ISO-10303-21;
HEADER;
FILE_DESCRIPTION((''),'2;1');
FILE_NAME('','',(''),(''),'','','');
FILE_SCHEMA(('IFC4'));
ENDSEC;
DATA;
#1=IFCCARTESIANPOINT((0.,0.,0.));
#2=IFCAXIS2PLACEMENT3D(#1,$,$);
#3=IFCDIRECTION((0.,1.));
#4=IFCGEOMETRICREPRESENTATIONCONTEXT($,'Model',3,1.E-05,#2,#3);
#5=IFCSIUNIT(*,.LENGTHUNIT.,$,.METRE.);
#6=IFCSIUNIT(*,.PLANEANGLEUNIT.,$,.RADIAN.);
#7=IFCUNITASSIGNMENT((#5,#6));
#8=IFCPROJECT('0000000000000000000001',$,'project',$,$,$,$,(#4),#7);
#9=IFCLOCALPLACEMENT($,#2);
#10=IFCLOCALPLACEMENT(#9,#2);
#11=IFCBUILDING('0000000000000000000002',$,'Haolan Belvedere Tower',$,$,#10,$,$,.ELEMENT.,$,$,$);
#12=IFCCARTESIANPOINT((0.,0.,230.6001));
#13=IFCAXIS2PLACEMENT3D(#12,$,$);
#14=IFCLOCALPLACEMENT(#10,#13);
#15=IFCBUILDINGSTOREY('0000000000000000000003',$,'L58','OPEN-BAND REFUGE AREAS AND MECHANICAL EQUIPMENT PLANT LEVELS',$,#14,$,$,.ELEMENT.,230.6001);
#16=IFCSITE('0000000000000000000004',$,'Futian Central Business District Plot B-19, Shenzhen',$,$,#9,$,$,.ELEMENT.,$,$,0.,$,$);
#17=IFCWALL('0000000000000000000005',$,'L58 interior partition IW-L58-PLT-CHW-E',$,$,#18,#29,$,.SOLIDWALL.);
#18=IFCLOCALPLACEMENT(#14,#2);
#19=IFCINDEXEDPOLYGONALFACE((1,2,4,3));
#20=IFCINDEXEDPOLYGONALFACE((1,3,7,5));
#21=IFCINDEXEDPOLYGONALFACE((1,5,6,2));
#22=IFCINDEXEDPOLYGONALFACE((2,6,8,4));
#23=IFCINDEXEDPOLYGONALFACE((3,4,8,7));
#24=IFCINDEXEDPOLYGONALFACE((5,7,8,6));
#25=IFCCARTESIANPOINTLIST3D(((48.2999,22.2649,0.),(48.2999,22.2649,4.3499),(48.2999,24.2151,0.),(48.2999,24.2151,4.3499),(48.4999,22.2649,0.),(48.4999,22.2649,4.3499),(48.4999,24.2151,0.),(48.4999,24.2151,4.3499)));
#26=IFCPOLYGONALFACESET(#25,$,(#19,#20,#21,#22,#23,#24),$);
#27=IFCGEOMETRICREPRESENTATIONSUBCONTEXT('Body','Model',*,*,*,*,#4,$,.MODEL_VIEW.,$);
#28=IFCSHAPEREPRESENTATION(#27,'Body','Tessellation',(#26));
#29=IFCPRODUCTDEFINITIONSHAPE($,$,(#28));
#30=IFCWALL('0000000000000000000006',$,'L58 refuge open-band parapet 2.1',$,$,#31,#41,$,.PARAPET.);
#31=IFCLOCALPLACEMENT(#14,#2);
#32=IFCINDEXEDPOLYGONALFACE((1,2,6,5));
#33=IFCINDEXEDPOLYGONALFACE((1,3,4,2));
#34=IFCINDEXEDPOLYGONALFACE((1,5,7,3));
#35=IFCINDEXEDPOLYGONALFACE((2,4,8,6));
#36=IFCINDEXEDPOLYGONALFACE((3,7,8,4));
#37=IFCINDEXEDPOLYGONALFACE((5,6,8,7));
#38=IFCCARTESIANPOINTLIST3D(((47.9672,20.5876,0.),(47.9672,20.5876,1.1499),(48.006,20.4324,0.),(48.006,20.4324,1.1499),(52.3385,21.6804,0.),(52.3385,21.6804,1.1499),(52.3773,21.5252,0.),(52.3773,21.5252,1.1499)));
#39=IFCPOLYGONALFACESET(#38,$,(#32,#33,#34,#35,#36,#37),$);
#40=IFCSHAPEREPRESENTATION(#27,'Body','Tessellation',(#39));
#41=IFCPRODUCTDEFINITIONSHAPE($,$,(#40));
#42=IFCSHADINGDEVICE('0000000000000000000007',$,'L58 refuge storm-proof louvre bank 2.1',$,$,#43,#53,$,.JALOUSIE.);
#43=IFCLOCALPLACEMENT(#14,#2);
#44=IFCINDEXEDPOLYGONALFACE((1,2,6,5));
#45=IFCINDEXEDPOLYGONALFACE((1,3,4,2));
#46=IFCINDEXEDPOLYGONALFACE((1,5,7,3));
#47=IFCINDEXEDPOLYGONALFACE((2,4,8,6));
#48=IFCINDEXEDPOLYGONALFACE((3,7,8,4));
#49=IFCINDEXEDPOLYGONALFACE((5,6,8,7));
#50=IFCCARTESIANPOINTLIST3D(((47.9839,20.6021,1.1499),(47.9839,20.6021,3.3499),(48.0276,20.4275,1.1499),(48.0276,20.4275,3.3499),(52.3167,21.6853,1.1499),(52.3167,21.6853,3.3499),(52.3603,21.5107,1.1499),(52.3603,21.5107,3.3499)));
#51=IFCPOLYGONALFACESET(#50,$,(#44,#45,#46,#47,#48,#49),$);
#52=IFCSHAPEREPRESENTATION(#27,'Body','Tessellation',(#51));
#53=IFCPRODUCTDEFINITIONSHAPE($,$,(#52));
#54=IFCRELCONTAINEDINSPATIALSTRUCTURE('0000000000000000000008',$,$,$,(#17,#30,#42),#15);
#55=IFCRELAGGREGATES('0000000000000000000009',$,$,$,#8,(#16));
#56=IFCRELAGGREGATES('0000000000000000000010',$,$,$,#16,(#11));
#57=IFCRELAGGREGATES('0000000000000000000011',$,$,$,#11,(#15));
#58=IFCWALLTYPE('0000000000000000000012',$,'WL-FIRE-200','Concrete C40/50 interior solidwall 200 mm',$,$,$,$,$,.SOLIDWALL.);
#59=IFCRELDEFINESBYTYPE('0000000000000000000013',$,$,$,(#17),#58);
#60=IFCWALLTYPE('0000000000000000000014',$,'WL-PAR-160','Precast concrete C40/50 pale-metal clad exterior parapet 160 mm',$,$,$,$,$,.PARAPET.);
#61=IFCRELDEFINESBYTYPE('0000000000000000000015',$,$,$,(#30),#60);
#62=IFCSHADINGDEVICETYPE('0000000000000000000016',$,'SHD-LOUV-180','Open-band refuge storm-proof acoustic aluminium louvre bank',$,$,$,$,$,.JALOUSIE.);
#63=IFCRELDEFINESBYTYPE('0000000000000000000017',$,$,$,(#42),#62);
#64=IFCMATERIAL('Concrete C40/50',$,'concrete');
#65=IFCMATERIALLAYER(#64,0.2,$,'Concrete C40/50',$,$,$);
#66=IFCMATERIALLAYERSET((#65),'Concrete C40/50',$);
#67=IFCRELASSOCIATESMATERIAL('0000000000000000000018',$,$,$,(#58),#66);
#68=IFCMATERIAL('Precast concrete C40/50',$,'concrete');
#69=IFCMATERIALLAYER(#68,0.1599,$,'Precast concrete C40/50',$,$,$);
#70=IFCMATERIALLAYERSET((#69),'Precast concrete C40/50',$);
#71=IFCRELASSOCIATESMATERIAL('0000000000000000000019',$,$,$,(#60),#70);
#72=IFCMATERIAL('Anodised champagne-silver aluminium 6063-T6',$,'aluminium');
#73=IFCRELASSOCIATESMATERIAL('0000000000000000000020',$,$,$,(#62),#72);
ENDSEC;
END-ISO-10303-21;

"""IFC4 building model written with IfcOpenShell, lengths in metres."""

from ifc_helpers import new_model, si_unit, direction, frame, frame_2d, origin, origin_2d, place, context, subcontext, project, spatial, rectangle, extrude, material, layer, layer_set, type_object, element, save


model = new_model("IFC4")

# Units and contexts
model_context = context("Model", 3, precision=1e-05, world=origin(), true_north=direction((0.0, 1.0)))
body_context = subcontext(model_context, "Body", "Model", "MODEL_VIEW")
ifc_project = project(units=[si_unit("LENGTHUNIT", "METRE"), si_unit("PLANEANGLEUNIT", "RADIAN")], contexts=[model_context])

# Site, building, storey
site_placement = place(None, origin())
site = spatial("IfcSite", under=ifc_project, at=site_placement, Name="Futian Central Business District Plot B-19, Shenzhen", CompositionType="ELEMENT", RefElevation=0.0)
building_placement = place(site_placement, origin())
building = spatial("IfcBuilding", under=site, at=building_placement, Name="Haolan Belvedere Tower", CompositionType="ELEMENT")
storey_placement = place(building_placement, frame((0.0, 0.0, 230.6001)))
storey = spatial("IfcBuildingStorey", under=building, at=storey_placement, Name="L58", Description="OPEN-BAND REFUGE AREAS AND MECHANICAL EQUIPMENT PLANT LEVELS", CompositionType="ELEMENT", Elevation=230.6001)

# Shared definitions
ifc_material_1 = material(Name="Concrete C40/50", Category="concrete")
ifc_layer_1 = layer(ifc_material_1, 0.2, Name="Concrete C40/50")
ifc_layer_set_1 = layer_set([ifc_layer_1], Name="Concrete C40/50")
wall_type_1 = type_object("IfcWallType", Name="WL-FIRE-200", Description="Concrete C40/50 interior solidwall 200 mm", PredefinedType="SOLIDWALL", material=ifc_layer_set_1)

# Walls
wall_1_placement = place(storey_placement, frame((48.3999, 22.2649, 0.0), z_axis=(0.0, 0.0, 1.0), x_axis=(0.0, 1.0, 0.0)))
element("IfcWall", 1, at=wall_1_placement, inside=storey, type_object=wall_type_1, Name="L58 interior partition IW-L58-PLT-CHW-E", PredefinedType="SOLIDWALL", context=body_context, shape_type="SweptSolid", body=[
    extrude(rectangle(XDim=1.9502, YDim=0.2, at=frame_2d((0.9751, 0.0))), origin(), (0.0, 0.0, 1.0), 4.3499),
])
ifc_material_2 = material(Name="Precast concrete C40/50", Category="concrete")
ifc_layer_2 = layer(ifc_material_2, 0.1599, Name="Precast concrete C40/50")
ifc_layer_set_2 = layer_set([ifc_layer_2], Name="Precast concrete C40/50")
wall_type_2 = type_object("IfcWallType", Name="WL-PAR-160", Description="Precast concrete C40/50 pale-metal clad exterior parapet 160 mm", PredefinedType="PARAPET", material=ifc_layer_set_2)
wall_2_placement = place(storey_placement, frame((47.9866, 20.51, 0.0), z_axis=(0.0, 0.0, 1.0), x_axis=(0.970146, 0.242523, 0.0)))
element("IfcWall", 2, at=wall_2_placement, inside=storey, type_object=wall_type_2, Name="L58 refuge open-band parapet 2.1", PredefinedType="PARAPET", context=body_context, shape_type="SweptSolid", body=[
    extrude(rectangle(XDim=4.5059, YDim=0.1599, at=frame_2d((2.2529, 0.0))), origin(), (0.0, 0.0, 1.0), 1.1499),
])

# Shading device
ifc_material_3 = material(Name="Anodised champagne-silver aluminium 6063-T6", Category="aluminium")
shading_device_type = type_object("IfcShadingDeviceType", Name="SHD-LOUV-180", Description="Open-band refuge storm-proof acoustic aluminium louvre bank", PredefinedType="JALOUSIE", material=ifc_material_3)
shading_device_placement = place(storey_placement, frame((50.1721, 21.0564, 1.1499), z_axis=(0.0, 0.0, 1.0), x_axis=(0.970139, 0.242548, 0.0)))
element("IfcShadingDevice", 3, at=shading_device_placement, inside=storey, type_object=shading_device_type, Name="L58 refuge storm-proof louvre bank 2.1", PredefinedType="JALOUSIE", context=body_context, shape_type="SweptSolid", body=[
    extrude(rectangle(XDim=4.4661, YDim=0.1799, at=origin_2d()), origin(), (0.0, 0.0, 1.0), 2.2),
])

save(model, "model.ifc")
